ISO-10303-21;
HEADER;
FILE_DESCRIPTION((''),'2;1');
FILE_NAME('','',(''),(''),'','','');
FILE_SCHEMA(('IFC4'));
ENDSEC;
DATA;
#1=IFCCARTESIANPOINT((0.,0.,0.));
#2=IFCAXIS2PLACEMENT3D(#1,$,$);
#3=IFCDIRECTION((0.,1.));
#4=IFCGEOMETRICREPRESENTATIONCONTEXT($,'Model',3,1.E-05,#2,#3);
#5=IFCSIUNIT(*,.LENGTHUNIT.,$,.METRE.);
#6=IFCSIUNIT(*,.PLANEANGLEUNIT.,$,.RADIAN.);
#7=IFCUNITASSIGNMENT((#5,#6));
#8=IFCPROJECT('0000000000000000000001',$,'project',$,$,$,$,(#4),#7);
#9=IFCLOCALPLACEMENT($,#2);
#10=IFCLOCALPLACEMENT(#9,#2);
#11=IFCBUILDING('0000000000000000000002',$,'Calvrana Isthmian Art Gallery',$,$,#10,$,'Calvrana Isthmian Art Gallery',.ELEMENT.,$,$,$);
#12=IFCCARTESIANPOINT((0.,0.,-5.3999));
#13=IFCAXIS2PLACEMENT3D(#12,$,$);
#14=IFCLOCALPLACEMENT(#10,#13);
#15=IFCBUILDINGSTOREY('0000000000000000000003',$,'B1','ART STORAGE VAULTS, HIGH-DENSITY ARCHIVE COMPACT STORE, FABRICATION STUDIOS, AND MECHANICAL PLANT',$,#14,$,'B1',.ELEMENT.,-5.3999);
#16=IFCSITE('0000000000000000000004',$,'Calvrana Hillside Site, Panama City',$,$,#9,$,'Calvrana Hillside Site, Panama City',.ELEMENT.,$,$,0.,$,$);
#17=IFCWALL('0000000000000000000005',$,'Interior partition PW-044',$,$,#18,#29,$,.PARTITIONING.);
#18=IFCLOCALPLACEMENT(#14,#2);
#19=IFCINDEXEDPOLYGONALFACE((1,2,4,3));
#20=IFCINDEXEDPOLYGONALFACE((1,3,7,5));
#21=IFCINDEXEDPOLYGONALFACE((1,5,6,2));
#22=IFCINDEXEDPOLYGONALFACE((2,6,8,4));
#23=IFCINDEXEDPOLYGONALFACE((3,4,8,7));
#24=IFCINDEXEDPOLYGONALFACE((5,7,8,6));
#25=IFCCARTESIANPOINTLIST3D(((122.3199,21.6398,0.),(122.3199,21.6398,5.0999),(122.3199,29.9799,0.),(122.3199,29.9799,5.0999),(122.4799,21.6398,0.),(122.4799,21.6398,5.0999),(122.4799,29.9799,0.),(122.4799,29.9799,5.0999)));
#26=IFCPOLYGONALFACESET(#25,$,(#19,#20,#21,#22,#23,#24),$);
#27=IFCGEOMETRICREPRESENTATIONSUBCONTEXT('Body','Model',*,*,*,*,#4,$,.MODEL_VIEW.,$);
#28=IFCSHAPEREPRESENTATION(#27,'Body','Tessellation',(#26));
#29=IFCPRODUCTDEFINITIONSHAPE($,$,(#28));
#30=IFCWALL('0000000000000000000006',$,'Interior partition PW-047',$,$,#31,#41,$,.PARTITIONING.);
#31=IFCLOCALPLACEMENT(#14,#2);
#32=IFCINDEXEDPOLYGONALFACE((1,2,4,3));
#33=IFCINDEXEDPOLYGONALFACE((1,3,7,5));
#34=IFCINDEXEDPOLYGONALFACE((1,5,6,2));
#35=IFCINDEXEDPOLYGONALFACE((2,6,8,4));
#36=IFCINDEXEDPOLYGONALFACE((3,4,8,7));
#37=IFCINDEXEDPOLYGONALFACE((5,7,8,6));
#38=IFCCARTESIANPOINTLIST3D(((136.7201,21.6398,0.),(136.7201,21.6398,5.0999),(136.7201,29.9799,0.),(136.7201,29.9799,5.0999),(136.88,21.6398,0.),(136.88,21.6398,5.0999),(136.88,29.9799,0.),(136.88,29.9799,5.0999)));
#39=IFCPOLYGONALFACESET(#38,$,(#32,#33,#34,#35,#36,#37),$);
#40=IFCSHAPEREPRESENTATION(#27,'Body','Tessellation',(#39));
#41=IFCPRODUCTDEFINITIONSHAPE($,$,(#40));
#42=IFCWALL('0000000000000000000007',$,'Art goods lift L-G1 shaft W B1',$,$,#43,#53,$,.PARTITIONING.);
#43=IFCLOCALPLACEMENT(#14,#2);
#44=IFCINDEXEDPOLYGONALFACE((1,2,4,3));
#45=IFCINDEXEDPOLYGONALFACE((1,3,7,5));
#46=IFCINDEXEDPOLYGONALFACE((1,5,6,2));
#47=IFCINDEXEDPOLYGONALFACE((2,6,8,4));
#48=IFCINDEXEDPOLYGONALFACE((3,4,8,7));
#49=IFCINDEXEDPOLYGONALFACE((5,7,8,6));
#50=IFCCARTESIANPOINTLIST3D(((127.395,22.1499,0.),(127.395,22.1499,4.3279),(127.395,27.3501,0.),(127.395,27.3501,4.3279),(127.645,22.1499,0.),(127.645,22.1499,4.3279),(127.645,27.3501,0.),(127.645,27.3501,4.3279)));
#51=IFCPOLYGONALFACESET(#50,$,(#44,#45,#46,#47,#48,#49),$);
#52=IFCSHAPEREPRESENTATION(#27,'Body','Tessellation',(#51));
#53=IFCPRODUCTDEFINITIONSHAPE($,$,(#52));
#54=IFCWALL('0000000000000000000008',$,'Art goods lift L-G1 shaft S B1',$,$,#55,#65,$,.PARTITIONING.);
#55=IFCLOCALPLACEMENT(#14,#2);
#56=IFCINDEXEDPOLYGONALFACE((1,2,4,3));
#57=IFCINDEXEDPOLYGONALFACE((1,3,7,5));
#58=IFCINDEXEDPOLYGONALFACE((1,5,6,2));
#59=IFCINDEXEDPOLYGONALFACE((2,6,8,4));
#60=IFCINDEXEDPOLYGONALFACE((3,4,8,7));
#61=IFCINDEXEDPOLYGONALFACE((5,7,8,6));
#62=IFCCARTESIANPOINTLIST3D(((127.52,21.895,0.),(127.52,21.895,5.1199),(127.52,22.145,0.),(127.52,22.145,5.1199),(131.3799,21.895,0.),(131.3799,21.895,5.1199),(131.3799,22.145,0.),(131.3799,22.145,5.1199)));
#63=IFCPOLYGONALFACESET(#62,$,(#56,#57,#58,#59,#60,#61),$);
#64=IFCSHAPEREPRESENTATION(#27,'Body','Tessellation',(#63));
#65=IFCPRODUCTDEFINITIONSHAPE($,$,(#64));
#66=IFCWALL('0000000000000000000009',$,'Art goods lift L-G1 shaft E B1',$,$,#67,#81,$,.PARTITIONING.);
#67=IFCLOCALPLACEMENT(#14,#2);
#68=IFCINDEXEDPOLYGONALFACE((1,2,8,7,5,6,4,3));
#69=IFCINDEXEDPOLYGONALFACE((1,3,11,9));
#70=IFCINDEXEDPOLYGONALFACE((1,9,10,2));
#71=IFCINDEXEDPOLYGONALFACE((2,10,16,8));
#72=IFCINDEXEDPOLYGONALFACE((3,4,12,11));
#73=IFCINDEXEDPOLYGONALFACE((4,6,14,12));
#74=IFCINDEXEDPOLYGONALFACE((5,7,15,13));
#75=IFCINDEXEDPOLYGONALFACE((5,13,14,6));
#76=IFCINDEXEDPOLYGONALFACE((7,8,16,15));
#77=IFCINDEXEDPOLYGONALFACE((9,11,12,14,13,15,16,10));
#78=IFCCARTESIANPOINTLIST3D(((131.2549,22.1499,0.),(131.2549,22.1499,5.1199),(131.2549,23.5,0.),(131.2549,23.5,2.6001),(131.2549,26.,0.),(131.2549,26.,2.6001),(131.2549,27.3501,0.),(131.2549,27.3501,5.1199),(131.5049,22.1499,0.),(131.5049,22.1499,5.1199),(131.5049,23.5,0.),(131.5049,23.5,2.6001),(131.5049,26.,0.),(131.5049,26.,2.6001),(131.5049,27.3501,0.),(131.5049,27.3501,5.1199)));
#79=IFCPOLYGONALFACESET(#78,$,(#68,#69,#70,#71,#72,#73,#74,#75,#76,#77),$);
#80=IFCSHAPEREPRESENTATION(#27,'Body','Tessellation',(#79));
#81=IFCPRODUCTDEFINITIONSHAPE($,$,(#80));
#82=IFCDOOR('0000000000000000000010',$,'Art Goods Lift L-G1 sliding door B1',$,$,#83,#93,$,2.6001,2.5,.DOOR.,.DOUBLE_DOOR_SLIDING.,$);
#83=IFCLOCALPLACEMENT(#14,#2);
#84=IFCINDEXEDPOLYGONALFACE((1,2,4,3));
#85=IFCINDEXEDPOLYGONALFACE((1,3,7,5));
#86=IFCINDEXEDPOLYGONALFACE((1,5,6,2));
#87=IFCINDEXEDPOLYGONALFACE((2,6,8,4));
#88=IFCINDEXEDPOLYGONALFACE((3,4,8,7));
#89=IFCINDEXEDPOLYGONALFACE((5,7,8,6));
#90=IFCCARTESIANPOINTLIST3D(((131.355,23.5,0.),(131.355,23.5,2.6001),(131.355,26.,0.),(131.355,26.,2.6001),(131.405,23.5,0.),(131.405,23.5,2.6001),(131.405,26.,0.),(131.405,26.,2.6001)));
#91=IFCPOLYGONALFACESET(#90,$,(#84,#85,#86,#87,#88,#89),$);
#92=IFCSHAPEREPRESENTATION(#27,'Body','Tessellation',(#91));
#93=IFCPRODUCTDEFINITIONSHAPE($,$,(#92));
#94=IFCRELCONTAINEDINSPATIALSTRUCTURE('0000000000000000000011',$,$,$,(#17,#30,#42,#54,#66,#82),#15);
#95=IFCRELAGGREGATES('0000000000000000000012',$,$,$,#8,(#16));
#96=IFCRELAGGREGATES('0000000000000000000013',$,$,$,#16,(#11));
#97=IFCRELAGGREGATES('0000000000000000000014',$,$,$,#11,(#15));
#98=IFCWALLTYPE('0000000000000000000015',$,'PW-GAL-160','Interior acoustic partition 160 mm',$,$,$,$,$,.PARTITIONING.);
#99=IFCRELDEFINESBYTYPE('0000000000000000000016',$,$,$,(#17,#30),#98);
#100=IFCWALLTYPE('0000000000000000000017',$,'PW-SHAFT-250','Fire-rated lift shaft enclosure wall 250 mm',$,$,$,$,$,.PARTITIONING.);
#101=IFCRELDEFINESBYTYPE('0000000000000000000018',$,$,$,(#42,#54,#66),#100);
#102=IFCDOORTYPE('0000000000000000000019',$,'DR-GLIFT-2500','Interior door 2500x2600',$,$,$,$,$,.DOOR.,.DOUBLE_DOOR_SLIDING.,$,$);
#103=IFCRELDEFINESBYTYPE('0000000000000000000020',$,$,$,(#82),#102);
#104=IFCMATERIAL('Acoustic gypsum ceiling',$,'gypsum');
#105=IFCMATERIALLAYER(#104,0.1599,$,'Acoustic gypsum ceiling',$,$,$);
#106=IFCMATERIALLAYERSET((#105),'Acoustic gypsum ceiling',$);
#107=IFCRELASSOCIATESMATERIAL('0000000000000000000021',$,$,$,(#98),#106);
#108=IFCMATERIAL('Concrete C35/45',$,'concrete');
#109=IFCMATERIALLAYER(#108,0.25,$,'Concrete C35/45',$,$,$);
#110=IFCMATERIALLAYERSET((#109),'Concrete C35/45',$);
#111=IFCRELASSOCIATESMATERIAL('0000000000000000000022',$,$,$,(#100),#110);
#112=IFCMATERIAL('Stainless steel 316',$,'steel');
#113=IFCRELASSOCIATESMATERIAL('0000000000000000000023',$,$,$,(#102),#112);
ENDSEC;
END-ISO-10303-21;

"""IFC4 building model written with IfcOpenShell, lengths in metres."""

from ifc_helpers import new_model, si_unit, direction, frame, frame_2d, origin, place, context, subcontext, project, spatial, rectangle, extrude, material, layer, layer_set, type_object, element, fill, save


model = new_model("IFC4")

# Units and contexts
model_context = context("Model", 3, precision=1e-05, world=origin(), true_north=direction((0.0, 1.0)))
body_context = subcontext(model_context, "Body", "Model", "MODEL_VIEW")
ifc_project = project(units=[si_unit("LENGTHUNIT", "METRE"), si_unit("PLANEANGLEUNIT", "RADIAN")], contexts=[model_context])

# Site, building, storey
site_placement = place(None, origin())
site = spatial("IfcSite", under=ifc_project, at=site_placement, Name="Calvrana Hillside Site, Panama City", LongName="Calvrana Hillside Site, Panama City", CompositionType="ELEMENT", RefElevation=0.0)
building_placement = place(site_placement, origin())
building = spatial("IfcBuilding", under=site, at=building_placement, Name="Calvrana Isthmian Art Gallery", LongName="Calvrana Isthmian Art Gallery", CompositionType="ELEMENT")
storey_placement = place(building_placement, frame((0.0, 0.0, -5.3999)))
storey = spatial("IfcBuildingStorey", under=building, at=storey_placement, Name="B1", Description="ART STORAGE VAULTS, HIGH-DENSITY ARCHIVE COMPACT STORE, FABRICATION STUDIOS, AND MECHANICAL PLANT", LongName="B1", CompositionType="ELEMENT", Elevation=-5.3999)

# Shared definitions
ifc_material_1 = material(Name="Concrete C35/45", Category="concrete")

# Shared definitions
ifc_material_2 = material(Name="Acoustic gypsum ceiling", Category="gypsum")

# Walls
ifc_layer_1 = layer(ifc_material_2, 0.1599, Name="Acoustic gypsum ceiling")
ifc_layer_set_1 = layer_set([ifc_layer_1], Name="Acoustic gypsum ceiling")
wall_type_1 = type_object("IfcWallType", Name="PW-GAL-160", Description="Interior acoustic partition 160 mm", PredefinedType="PARTITIONING", material=ifc_layer_set_1)
for number, where, z_axis, x_axis, name in (
    (1, (122.3999, 21.6399, 0.0), (0.0, 0.0, 1.0), (0.0, 1.0, 0.0), "Interior partition PW-044"),
    (2, (136.8, 21.6399, 0.0), (0.0, 0.0, 1.0), (0.0, 1.0, 0.0), "Interior partition PW-047"),
):
    element("IfcWall", number, at=place(storey_placement, frame(where, z_axis=z_axis, x_axis=x_axis)), inside=storey, type_object=wall_type_1, Name=name, PredefinedType="PARTITIONING", context=body_context, shape_type="SweptSolid", body=[
        extrude(rectangle(XDim=8.3401, YDim=0.1599, at=frame_2d((4.1699, 0.0))), origin(), (0.0, 0.0, 1.0), 5.0999),
    ])
ifc_layer_2 = layer(ifc_material_1, 0.25, Name="Concrete C35/45")
ifc_layer_set_2 = layer_set([ifc_layer_2], Name="Concrete C35/45")
wall_type_2 = type_object("IfcWallType", Name="PW-SHAFT-250", Description="Fire-rated lift shaft enclosure wall 250 mm", PredefinedType="PARTITIONING", material=ifc_layer_set_2)
wall_1_placement = place(storey_placement, frame((127.52, 22.1499, 0.0), z_axis=(0.0, 0.0, 1.0), x_axis=(0.0, 1.0, 0.0)))
element("IfcWall", 3, at=wall_1_placement, inside=storey, type_object=wall_type_2, Name="Art goods lift L-G1 shaft W B1", PredefinedType="PARTITIONING", context=body_context, shape_type="SweptSolid", body=[
    extrude(rectangle(XDim=5.2002, YDim=0.25, at=frame_2d((2.6001, 0.0))), origin(), (0.0, 0.0, 1.0), 4.3279),
])
wall_2_placement = place(storey_placement, frame((127.52, 22.02, 0.0), z_axis=(0.0, 0.0, 1.0), x_axis=(1.0, 0.0, 0.0)))
element("IfcWall", 4, at=wall_2_placement, inside=storey, type_object=wall_type_2, Name="Art goods lift L-G1 shaft S B1", PredefinedType="PARTITIONING", context=body_context, shape_type="SweptSolid", body=[
    extrude(rectangle(XDim=3.8599, YDim=0.25, at=frame_2d((1.9299, 0.0))), origin(), (0.0, 0.0, 1.0), 5.1199),
])

# Wall, opening, door
wall_3_placement = place(storey_placement, frame((131.3799, 22.1499, 0.0), z_axis=(0.0, 0.0, 1.0), x_axis=(0.0, 1.0, 0.0)))
wall_3 = element("IfcWall", 5, at=wall_3_placement, inside=storey, type_object=wall_type_2, Name="Art goods lift L-G1 shaft E B1", PredefinedType="PARTITIONING", context=body_context, shape_type="SweptSolid", body=[
    extrude(rectangle(XDim=5.2002, YDim=0.25, at=frame_2d((2.6001, 0.0))), origin(), (0.0, 0.0, 1.0), 5.1199),
])
opening_1_placement = place(wall_3_placement, frame((1.3501, 0.0, 0.0)))
opening_1 = element("IfcOpeningElement", 6, at=opening_1_placement, cuts=wall_3, PredefinedType="OPENING", context=body_context, shape_type="SweptSolid", body=[
    extrude(rectangle(XDim=2.5, YDim=2.6001, at=frame_2d((1.25, 1.3))), frame((0.0, 0.1353, 0.0), z_axis=(0.0, -1.0, 0.0), x_axis=(1.0, 0.0, 0.0)), (0.0, 0.0, 1.0), 0.2705),
])
ifc_material_3 = material(Name="Stainless steel 316", Category="steel")
door_type_1 = type_object("IfcDoorType", Name="DR-GLIFT-2500", Description="Interior door 2500x2600", OperationType="DOUBLE_DOOR_SLIDING", PredefinedType="DOOR", material=ifc_material_3)
door_1_placement = place(opening_1_placement, origin())
door_1 = element("IfcDoor", 7, at=door_1_placement, inside=storey, type_object=door_type_1, Name="Art Goods Lift L-G1 sliding door B1", OperationType="DOUBLE_DOOR_SLIDING", OverallHeight=2.6001, OverallWidth=2.5, PredefinedType="DOOR", context=body_context, shape_type="SweptSolid", body=[
    extrude(rectangle(XDim=2.5, YDim=2.6001, at=frame_2d((1.25, 1.3))), frame((0.0, 0.0249, 0.0), z_axis=(0.0, -1.0, 0.0), x_axis=(1.0, 0.0, 0.0)), (0.0, 0.0, 1.0), 0.05),
])
fill(opening_1, door_1)

save(model, "model.ifc")
